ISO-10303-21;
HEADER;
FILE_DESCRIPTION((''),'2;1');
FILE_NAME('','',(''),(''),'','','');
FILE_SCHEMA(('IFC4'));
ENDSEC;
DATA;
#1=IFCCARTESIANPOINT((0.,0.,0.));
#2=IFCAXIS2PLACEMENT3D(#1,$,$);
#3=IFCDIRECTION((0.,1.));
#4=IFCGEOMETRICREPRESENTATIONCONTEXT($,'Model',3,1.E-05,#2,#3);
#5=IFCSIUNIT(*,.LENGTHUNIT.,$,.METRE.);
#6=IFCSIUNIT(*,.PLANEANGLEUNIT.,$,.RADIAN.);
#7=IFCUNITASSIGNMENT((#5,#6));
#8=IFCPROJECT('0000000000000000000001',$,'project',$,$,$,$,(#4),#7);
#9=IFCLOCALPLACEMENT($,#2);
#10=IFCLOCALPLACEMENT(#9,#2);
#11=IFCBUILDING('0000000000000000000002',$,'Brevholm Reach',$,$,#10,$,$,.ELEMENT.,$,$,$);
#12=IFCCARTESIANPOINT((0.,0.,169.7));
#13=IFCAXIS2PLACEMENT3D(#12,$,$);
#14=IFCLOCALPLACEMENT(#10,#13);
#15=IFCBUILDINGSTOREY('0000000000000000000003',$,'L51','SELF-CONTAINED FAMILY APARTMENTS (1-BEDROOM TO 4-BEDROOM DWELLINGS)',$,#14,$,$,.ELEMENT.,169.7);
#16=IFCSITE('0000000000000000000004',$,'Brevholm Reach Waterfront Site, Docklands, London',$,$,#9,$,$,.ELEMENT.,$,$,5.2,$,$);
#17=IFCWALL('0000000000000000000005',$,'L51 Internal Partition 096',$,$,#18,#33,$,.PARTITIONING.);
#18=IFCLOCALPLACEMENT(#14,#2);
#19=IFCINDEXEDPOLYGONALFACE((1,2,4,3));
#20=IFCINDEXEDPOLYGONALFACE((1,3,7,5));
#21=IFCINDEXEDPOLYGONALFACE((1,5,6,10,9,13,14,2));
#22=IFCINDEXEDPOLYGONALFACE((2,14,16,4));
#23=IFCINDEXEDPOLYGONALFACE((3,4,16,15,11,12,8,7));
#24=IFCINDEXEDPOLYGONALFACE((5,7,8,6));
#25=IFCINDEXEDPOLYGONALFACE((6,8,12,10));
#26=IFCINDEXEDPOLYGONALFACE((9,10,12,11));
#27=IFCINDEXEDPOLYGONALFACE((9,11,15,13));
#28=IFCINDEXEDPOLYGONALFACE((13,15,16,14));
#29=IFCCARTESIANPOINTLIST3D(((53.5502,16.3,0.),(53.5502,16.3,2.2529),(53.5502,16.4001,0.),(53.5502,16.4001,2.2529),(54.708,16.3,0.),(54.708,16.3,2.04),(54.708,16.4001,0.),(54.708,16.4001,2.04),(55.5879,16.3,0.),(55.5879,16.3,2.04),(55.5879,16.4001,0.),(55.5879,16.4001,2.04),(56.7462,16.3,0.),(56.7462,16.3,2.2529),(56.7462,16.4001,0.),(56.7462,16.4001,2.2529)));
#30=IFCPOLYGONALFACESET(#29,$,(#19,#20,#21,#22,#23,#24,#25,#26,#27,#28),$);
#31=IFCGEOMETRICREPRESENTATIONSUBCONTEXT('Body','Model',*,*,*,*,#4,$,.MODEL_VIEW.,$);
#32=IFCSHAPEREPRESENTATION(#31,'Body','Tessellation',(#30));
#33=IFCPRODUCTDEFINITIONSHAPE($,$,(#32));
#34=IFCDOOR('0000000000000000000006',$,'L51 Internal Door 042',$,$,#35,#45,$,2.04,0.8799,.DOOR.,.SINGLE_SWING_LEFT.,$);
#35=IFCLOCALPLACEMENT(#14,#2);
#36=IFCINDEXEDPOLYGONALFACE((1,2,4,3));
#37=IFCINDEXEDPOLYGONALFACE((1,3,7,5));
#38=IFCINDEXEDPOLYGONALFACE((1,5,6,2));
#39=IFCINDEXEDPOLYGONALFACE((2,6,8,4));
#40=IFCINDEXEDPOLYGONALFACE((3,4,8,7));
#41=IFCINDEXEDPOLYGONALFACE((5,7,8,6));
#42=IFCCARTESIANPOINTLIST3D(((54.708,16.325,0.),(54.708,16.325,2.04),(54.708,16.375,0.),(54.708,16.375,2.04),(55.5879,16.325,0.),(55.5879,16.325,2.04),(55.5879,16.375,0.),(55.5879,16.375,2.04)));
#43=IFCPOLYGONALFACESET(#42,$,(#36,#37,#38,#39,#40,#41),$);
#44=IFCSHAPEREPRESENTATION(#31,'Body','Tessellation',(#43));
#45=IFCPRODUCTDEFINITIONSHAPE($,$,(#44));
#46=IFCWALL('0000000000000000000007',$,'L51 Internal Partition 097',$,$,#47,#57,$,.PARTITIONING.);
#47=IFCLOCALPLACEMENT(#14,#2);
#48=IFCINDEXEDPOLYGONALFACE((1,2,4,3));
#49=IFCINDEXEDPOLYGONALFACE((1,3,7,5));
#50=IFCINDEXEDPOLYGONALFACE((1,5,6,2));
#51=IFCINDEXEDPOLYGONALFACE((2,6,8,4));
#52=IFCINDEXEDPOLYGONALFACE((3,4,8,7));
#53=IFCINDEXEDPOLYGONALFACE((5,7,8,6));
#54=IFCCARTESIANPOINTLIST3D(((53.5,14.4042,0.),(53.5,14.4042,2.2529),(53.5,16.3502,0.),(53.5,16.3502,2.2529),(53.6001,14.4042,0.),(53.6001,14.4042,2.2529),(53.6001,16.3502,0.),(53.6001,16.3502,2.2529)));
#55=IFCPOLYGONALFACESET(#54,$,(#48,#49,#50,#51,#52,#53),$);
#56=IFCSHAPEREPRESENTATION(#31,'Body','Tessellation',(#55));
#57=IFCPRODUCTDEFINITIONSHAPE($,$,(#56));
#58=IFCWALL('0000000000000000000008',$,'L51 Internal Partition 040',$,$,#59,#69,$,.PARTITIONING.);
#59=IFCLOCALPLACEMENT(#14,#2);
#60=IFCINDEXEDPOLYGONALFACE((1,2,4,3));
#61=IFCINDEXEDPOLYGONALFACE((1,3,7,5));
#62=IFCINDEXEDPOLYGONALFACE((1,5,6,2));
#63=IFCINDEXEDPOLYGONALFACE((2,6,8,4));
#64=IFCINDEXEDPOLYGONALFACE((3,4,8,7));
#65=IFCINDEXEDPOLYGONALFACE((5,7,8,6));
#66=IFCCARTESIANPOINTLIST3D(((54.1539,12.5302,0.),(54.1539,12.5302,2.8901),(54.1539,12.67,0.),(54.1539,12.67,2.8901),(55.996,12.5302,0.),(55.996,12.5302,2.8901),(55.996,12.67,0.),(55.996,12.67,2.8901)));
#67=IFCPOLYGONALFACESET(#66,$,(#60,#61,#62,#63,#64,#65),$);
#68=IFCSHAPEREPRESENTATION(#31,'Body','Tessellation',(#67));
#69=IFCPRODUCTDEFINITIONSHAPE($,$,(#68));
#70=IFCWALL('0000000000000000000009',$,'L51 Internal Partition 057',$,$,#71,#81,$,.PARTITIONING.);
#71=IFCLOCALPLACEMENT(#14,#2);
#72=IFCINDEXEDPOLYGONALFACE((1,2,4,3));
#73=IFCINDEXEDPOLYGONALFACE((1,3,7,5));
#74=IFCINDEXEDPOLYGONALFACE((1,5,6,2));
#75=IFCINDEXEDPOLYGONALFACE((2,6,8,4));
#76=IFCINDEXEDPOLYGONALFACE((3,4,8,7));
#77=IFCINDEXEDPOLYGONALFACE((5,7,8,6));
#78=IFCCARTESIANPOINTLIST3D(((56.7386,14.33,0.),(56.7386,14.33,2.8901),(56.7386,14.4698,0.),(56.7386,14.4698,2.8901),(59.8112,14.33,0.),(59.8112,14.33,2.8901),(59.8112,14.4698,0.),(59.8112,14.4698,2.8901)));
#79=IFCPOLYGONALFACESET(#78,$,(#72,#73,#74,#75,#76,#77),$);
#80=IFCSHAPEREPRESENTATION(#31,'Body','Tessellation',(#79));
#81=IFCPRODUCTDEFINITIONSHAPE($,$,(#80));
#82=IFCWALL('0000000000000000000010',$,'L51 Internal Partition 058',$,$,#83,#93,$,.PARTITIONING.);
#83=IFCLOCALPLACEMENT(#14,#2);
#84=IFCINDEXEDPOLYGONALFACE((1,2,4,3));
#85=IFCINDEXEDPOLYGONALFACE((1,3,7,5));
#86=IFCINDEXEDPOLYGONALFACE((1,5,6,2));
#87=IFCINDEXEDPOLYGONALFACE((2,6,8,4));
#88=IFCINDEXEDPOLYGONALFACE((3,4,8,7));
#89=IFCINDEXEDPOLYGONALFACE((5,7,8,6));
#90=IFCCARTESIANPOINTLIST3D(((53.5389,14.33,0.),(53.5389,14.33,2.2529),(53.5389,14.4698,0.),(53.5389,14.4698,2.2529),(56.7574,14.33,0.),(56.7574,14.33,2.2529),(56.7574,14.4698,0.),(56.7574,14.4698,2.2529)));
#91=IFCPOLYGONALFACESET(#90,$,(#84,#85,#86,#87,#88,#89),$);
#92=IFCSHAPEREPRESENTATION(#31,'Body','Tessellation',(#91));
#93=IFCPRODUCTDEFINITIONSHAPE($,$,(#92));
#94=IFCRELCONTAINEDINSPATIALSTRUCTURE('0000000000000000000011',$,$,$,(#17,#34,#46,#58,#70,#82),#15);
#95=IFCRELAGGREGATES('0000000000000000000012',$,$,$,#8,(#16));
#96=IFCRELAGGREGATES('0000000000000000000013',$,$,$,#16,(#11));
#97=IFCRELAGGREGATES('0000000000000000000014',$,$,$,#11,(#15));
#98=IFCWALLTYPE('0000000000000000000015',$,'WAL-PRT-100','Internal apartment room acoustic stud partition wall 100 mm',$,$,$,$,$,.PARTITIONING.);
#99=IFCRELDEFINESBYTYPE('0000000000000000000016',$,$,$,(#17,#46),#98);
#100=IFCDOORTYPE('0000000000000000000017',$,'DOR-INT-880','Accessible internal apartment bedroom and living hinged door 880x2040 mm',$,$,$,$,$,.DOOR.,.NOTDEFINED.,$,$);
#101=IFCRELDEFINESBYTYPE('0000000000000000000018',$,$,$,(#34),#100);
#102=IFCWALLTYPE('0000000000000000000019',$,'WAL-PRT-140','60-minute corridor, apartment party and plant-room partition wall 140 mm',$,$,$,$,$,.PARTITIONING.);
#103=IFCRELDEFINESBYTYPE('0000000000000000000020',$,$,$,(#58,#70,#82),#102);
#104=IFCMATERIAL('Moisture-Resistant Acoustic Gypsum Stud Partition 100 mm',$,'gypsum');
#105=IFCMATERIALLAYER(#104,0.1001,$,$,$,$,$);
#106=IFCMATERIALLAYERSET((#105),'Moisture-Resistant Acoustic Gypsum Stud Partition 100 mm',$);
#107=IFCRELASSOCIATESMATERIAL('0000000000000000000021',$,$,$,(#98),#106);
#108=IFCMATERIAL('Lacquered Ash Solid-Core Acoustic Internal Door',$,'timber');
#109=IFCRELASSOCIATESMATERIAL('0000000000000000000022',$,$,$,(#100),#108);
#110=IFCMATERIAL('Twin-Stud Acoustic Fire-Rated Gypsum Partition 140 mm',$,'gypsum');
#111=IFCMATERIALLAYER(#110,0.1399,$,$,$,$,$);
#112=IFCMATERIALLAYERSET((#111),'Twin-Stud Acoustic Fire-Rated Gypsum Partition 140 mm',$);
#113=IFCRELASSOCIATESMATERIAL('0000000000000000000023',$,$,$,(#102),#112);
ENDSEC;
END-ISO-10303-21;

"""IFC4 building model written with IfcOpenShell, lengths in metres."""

from ifc_helpers import new_model, si_unit, direction, frame, frame_2d, origin, place, context, subcontext, project, spatial, rectangle, extrude, material, layer, layer_set, type_object, element, fill, save


model = new_model("IFC4")

# Units and contexts
model_context = context("Model", 3, precision=1e-05, world=origin(), true_north=direction((0.0, 1.0)))
body_context = subcontext(model_context, "Body", "Model", "MODEL_VIEW")
ifc_project = project(units=[si_unit("LENGTHUNIT", "METRE"), si_unit("PLANEANGLEUNIT", "RADIAN")], contexts=[model_context])

# Site, building, storey
site_placement = place(None, origin())
site = spatial("IfcSite", under=ifc_project, at=site_placement, Name="Brevholm Reach Waterfront Site, Docklands, London", CompositionType="ELEMENT", RefElevation=5.2)
building_placement = place(site_placement, origin())
building = spatial("IfcBuilding", under=site, at=building_placement, Name="Brevholm Reach", CompositionType="ELEMENT")
storey_placement = place(building_placement, frame((0.0, 0.0, 169.7)))
storey = spatial("IfcBuildingStorey", under=building, at=storey_placement, Name="L51", Description="SELF-CONTAINED FAMILY APARTMENTS (1-BEDROOM TO 4-BEDROOM DWELLINGS)", CompositionType="ELEMENT", Elevation=169.7)

# Shared definitions
ifc_material_1 = material(Name="Moisture-Resistant Acoustic Gypsum Stud Partition 100 mm", Category="gypsum")
ifc_layer_1 = layer(ifc_material_1, 0.1001)
ifc_layer_set_1 = layer_set([ifc_layer_1], Name="Moisture-Resistant Acoustic Gypsum Stud Partition 100 mm")
wall_type_1 = type_object("IfcWallType", Name="WAL-PRT-100", Description="Internal apartment room acoustic stud partition wall 100 mm", PredefinedType="PARTITIONING", material=ifc_layer_set_1)

# Wall, opening, door
wall_1_placement = place(storey_placement, frame((53.55, 16.3501, 0.0), z_axis=(0.0, 0.0, 1.0), x_axis=(1.0, 0.0, 0.0)))
wall_1 = element("IfcWall", 1, at=wall_1_placement, inside=storey, type_object=wall_type_1, Name="L51 Internal Partition 096", PredefinedType="PARTITIONING", context=body_context, shape_type="SweptSolid", body=[
    extrude(rectangle(XDim=3.196, YDim=0.1001, at=frame_2d((1.5981, 0.0))), origin(), (0.0, 0.0, 1.0), 2.2529),
])
opening_1_placement = place(wall_1_placement, frame((1.158, 0.0, 0.0)))
opening_1 = element("IfcOpeningElement", 2, at=opening_1_placement, cuts=wall_1, PredefinedType="OPENING", context=body_context, shape_type="SweptSolid", body=[
    extrude(rectangle(XDim=0.8799, YDim=2.04, at=frame_2d((0.4399, 1.02))), frame((0.0, 0.0601, 0.0), z_axis=(0.0, -1.0, 0.0), x_axis=(1.0, 0.0, 0.0)), (0.0, 0.0, 1.0), 0.1201),
])
ifc_material_2 = material(Name="Lacquered Ash Solid-Core Acoustic Internal Door", Category="timber")
door_type_1 = type_object("IfcDoorType", Name="DOR-INT-880", Description="Accessible internal apartment bedroom and living hinged door 880x2040 mm", OperationType="NOTDEFINED", PredefinedType="DOOR", material=ifc_material_2)
door_1_placement = place(opening_1_placement, origin())
door_1 = element("IfcDoor", 3, at=door_1_placement, inside=storey, type_object=door_type_1, Name="L51 Internal Door 042", OperationType="SINGLE_SWING_LEFT", OverallHeight=2.04, OverallWidth=0.8799, PredefinedType="DOOR", context=body_context, shape_type="SweptSolid", body=[
    extrude(rectangle(XDim=0.8799, YDim=2.04, at=frame_2d((0.4399, 1.02))), frame((0.0, 0.0249, 0.0), z_axis=(0.0, -1.0, 0.0), x_axis=(1.0, 0.0, 0.0)), (0.0, 0.0, 1.0), 0.05),
])
fill(opening_1, door_1)

# Walls
wall_2_placement = place(storey_placement, frame((53.55, 14.4041, 0.0), z_axis=(0.0, 0.0, 1.0), x_axis=(0.0, 1.0, 0.0)))
element("IfcWall", 4, at=wall_2_placement, inside=storey, type_object=wall_type_1, Name="L51 Internal Partition 097", PredefinedType="PARTITIONING", context=body_context, shape_type="SweptSolid", body=[
    extrude(rectangle(XDim=1.946, YDim=0.1001, at=frame_2d((0.9731, 0.0))), origin(), (0.0, 0.0, 1.0), 2.2529),
])
ifc_material_3 = material(Name="Twin-Stud Acoustic Fire-Rated Gypsum Partition 140 mm", Category="gypsum")
ifc_layer_2 = layer(ifc_material_3, 0.1399)
ifc_layer_set_2 = layer_set([ifc_layer_2], Name="Twin-Stud Acoustic Fire-Rated Gypsum Partition 140 mm")
wall_type_2 = type_object("IfcWallType", Name="WAL-PRT-140", Description="60-minute corridor, apartment party and plant-room partition wall 140 mm", PredefinedType="PARTITIONING", material=ifc_layer_set_2)
wall_3_placement = place(storey_placement, frame((54.1541, 12.6001, 0.0), z_axis=(0.0, 0.0, 1.0), x_axis=(1.0, 0.0, 0.0)))
element("IfcWall", 5, at=wall_3_placement, inside=storey, type_object=wall_type_2, Name="L51 Internal Partition 040", PredefinedType="PARTITIONING", context=body_context, shape_type="SweptSolid", body=[
    extrude(rectangle(XDim=1.842, YDim=0.1399, at=frame_2d((0.9209, 0.0))), origin(), (0.0, 0.0, 1.0), 2.8901),
])
wall_4_placement = place(storey_placement, frame((56.7388, 14.3999, 0.0), z_axis=(0.0, 0.0, 1.0), x_axis=(1.0, 0.0, 0.0)))
element("IfcWall", 6, at=wall_4_placement, inside=storey, type_object=wall_type_2, Name="L51 Internal Partition 057", PredefinedType="PARTITIONING", context=body_context, shape_type="SweptSolid", body=[
    extrude(rectangle(XDim=3.0725, YDim=0.1399, at=frame_2d((1.5361, 0.0))), origin(), (0.0, 0.0, 1.0), 2.8901),
])
wall_5_placement = place(storey_placement, frame((53.5388, 14.3999, 0.0), z_axis=(0.0, 0.0, 1.0), x_axis=(1.0, 0.0, 0.0)))
element("IfcWall", 7, at=wall_5_placement, inside=storey, type_object=wall_type_2, Name="L51 Internal Partition 058", PredefinedType="PARTITIONING", context=body_context, shape_type="SweptSolid", body=[
    extrude(rectangle(XDim=3.2185, YDim=0.1399, at=frame_2d((1.6094, 0.0))), origin(), (0.0, 0.0, 1.0), 2.2529),
])

save(model, "model.ifc")
